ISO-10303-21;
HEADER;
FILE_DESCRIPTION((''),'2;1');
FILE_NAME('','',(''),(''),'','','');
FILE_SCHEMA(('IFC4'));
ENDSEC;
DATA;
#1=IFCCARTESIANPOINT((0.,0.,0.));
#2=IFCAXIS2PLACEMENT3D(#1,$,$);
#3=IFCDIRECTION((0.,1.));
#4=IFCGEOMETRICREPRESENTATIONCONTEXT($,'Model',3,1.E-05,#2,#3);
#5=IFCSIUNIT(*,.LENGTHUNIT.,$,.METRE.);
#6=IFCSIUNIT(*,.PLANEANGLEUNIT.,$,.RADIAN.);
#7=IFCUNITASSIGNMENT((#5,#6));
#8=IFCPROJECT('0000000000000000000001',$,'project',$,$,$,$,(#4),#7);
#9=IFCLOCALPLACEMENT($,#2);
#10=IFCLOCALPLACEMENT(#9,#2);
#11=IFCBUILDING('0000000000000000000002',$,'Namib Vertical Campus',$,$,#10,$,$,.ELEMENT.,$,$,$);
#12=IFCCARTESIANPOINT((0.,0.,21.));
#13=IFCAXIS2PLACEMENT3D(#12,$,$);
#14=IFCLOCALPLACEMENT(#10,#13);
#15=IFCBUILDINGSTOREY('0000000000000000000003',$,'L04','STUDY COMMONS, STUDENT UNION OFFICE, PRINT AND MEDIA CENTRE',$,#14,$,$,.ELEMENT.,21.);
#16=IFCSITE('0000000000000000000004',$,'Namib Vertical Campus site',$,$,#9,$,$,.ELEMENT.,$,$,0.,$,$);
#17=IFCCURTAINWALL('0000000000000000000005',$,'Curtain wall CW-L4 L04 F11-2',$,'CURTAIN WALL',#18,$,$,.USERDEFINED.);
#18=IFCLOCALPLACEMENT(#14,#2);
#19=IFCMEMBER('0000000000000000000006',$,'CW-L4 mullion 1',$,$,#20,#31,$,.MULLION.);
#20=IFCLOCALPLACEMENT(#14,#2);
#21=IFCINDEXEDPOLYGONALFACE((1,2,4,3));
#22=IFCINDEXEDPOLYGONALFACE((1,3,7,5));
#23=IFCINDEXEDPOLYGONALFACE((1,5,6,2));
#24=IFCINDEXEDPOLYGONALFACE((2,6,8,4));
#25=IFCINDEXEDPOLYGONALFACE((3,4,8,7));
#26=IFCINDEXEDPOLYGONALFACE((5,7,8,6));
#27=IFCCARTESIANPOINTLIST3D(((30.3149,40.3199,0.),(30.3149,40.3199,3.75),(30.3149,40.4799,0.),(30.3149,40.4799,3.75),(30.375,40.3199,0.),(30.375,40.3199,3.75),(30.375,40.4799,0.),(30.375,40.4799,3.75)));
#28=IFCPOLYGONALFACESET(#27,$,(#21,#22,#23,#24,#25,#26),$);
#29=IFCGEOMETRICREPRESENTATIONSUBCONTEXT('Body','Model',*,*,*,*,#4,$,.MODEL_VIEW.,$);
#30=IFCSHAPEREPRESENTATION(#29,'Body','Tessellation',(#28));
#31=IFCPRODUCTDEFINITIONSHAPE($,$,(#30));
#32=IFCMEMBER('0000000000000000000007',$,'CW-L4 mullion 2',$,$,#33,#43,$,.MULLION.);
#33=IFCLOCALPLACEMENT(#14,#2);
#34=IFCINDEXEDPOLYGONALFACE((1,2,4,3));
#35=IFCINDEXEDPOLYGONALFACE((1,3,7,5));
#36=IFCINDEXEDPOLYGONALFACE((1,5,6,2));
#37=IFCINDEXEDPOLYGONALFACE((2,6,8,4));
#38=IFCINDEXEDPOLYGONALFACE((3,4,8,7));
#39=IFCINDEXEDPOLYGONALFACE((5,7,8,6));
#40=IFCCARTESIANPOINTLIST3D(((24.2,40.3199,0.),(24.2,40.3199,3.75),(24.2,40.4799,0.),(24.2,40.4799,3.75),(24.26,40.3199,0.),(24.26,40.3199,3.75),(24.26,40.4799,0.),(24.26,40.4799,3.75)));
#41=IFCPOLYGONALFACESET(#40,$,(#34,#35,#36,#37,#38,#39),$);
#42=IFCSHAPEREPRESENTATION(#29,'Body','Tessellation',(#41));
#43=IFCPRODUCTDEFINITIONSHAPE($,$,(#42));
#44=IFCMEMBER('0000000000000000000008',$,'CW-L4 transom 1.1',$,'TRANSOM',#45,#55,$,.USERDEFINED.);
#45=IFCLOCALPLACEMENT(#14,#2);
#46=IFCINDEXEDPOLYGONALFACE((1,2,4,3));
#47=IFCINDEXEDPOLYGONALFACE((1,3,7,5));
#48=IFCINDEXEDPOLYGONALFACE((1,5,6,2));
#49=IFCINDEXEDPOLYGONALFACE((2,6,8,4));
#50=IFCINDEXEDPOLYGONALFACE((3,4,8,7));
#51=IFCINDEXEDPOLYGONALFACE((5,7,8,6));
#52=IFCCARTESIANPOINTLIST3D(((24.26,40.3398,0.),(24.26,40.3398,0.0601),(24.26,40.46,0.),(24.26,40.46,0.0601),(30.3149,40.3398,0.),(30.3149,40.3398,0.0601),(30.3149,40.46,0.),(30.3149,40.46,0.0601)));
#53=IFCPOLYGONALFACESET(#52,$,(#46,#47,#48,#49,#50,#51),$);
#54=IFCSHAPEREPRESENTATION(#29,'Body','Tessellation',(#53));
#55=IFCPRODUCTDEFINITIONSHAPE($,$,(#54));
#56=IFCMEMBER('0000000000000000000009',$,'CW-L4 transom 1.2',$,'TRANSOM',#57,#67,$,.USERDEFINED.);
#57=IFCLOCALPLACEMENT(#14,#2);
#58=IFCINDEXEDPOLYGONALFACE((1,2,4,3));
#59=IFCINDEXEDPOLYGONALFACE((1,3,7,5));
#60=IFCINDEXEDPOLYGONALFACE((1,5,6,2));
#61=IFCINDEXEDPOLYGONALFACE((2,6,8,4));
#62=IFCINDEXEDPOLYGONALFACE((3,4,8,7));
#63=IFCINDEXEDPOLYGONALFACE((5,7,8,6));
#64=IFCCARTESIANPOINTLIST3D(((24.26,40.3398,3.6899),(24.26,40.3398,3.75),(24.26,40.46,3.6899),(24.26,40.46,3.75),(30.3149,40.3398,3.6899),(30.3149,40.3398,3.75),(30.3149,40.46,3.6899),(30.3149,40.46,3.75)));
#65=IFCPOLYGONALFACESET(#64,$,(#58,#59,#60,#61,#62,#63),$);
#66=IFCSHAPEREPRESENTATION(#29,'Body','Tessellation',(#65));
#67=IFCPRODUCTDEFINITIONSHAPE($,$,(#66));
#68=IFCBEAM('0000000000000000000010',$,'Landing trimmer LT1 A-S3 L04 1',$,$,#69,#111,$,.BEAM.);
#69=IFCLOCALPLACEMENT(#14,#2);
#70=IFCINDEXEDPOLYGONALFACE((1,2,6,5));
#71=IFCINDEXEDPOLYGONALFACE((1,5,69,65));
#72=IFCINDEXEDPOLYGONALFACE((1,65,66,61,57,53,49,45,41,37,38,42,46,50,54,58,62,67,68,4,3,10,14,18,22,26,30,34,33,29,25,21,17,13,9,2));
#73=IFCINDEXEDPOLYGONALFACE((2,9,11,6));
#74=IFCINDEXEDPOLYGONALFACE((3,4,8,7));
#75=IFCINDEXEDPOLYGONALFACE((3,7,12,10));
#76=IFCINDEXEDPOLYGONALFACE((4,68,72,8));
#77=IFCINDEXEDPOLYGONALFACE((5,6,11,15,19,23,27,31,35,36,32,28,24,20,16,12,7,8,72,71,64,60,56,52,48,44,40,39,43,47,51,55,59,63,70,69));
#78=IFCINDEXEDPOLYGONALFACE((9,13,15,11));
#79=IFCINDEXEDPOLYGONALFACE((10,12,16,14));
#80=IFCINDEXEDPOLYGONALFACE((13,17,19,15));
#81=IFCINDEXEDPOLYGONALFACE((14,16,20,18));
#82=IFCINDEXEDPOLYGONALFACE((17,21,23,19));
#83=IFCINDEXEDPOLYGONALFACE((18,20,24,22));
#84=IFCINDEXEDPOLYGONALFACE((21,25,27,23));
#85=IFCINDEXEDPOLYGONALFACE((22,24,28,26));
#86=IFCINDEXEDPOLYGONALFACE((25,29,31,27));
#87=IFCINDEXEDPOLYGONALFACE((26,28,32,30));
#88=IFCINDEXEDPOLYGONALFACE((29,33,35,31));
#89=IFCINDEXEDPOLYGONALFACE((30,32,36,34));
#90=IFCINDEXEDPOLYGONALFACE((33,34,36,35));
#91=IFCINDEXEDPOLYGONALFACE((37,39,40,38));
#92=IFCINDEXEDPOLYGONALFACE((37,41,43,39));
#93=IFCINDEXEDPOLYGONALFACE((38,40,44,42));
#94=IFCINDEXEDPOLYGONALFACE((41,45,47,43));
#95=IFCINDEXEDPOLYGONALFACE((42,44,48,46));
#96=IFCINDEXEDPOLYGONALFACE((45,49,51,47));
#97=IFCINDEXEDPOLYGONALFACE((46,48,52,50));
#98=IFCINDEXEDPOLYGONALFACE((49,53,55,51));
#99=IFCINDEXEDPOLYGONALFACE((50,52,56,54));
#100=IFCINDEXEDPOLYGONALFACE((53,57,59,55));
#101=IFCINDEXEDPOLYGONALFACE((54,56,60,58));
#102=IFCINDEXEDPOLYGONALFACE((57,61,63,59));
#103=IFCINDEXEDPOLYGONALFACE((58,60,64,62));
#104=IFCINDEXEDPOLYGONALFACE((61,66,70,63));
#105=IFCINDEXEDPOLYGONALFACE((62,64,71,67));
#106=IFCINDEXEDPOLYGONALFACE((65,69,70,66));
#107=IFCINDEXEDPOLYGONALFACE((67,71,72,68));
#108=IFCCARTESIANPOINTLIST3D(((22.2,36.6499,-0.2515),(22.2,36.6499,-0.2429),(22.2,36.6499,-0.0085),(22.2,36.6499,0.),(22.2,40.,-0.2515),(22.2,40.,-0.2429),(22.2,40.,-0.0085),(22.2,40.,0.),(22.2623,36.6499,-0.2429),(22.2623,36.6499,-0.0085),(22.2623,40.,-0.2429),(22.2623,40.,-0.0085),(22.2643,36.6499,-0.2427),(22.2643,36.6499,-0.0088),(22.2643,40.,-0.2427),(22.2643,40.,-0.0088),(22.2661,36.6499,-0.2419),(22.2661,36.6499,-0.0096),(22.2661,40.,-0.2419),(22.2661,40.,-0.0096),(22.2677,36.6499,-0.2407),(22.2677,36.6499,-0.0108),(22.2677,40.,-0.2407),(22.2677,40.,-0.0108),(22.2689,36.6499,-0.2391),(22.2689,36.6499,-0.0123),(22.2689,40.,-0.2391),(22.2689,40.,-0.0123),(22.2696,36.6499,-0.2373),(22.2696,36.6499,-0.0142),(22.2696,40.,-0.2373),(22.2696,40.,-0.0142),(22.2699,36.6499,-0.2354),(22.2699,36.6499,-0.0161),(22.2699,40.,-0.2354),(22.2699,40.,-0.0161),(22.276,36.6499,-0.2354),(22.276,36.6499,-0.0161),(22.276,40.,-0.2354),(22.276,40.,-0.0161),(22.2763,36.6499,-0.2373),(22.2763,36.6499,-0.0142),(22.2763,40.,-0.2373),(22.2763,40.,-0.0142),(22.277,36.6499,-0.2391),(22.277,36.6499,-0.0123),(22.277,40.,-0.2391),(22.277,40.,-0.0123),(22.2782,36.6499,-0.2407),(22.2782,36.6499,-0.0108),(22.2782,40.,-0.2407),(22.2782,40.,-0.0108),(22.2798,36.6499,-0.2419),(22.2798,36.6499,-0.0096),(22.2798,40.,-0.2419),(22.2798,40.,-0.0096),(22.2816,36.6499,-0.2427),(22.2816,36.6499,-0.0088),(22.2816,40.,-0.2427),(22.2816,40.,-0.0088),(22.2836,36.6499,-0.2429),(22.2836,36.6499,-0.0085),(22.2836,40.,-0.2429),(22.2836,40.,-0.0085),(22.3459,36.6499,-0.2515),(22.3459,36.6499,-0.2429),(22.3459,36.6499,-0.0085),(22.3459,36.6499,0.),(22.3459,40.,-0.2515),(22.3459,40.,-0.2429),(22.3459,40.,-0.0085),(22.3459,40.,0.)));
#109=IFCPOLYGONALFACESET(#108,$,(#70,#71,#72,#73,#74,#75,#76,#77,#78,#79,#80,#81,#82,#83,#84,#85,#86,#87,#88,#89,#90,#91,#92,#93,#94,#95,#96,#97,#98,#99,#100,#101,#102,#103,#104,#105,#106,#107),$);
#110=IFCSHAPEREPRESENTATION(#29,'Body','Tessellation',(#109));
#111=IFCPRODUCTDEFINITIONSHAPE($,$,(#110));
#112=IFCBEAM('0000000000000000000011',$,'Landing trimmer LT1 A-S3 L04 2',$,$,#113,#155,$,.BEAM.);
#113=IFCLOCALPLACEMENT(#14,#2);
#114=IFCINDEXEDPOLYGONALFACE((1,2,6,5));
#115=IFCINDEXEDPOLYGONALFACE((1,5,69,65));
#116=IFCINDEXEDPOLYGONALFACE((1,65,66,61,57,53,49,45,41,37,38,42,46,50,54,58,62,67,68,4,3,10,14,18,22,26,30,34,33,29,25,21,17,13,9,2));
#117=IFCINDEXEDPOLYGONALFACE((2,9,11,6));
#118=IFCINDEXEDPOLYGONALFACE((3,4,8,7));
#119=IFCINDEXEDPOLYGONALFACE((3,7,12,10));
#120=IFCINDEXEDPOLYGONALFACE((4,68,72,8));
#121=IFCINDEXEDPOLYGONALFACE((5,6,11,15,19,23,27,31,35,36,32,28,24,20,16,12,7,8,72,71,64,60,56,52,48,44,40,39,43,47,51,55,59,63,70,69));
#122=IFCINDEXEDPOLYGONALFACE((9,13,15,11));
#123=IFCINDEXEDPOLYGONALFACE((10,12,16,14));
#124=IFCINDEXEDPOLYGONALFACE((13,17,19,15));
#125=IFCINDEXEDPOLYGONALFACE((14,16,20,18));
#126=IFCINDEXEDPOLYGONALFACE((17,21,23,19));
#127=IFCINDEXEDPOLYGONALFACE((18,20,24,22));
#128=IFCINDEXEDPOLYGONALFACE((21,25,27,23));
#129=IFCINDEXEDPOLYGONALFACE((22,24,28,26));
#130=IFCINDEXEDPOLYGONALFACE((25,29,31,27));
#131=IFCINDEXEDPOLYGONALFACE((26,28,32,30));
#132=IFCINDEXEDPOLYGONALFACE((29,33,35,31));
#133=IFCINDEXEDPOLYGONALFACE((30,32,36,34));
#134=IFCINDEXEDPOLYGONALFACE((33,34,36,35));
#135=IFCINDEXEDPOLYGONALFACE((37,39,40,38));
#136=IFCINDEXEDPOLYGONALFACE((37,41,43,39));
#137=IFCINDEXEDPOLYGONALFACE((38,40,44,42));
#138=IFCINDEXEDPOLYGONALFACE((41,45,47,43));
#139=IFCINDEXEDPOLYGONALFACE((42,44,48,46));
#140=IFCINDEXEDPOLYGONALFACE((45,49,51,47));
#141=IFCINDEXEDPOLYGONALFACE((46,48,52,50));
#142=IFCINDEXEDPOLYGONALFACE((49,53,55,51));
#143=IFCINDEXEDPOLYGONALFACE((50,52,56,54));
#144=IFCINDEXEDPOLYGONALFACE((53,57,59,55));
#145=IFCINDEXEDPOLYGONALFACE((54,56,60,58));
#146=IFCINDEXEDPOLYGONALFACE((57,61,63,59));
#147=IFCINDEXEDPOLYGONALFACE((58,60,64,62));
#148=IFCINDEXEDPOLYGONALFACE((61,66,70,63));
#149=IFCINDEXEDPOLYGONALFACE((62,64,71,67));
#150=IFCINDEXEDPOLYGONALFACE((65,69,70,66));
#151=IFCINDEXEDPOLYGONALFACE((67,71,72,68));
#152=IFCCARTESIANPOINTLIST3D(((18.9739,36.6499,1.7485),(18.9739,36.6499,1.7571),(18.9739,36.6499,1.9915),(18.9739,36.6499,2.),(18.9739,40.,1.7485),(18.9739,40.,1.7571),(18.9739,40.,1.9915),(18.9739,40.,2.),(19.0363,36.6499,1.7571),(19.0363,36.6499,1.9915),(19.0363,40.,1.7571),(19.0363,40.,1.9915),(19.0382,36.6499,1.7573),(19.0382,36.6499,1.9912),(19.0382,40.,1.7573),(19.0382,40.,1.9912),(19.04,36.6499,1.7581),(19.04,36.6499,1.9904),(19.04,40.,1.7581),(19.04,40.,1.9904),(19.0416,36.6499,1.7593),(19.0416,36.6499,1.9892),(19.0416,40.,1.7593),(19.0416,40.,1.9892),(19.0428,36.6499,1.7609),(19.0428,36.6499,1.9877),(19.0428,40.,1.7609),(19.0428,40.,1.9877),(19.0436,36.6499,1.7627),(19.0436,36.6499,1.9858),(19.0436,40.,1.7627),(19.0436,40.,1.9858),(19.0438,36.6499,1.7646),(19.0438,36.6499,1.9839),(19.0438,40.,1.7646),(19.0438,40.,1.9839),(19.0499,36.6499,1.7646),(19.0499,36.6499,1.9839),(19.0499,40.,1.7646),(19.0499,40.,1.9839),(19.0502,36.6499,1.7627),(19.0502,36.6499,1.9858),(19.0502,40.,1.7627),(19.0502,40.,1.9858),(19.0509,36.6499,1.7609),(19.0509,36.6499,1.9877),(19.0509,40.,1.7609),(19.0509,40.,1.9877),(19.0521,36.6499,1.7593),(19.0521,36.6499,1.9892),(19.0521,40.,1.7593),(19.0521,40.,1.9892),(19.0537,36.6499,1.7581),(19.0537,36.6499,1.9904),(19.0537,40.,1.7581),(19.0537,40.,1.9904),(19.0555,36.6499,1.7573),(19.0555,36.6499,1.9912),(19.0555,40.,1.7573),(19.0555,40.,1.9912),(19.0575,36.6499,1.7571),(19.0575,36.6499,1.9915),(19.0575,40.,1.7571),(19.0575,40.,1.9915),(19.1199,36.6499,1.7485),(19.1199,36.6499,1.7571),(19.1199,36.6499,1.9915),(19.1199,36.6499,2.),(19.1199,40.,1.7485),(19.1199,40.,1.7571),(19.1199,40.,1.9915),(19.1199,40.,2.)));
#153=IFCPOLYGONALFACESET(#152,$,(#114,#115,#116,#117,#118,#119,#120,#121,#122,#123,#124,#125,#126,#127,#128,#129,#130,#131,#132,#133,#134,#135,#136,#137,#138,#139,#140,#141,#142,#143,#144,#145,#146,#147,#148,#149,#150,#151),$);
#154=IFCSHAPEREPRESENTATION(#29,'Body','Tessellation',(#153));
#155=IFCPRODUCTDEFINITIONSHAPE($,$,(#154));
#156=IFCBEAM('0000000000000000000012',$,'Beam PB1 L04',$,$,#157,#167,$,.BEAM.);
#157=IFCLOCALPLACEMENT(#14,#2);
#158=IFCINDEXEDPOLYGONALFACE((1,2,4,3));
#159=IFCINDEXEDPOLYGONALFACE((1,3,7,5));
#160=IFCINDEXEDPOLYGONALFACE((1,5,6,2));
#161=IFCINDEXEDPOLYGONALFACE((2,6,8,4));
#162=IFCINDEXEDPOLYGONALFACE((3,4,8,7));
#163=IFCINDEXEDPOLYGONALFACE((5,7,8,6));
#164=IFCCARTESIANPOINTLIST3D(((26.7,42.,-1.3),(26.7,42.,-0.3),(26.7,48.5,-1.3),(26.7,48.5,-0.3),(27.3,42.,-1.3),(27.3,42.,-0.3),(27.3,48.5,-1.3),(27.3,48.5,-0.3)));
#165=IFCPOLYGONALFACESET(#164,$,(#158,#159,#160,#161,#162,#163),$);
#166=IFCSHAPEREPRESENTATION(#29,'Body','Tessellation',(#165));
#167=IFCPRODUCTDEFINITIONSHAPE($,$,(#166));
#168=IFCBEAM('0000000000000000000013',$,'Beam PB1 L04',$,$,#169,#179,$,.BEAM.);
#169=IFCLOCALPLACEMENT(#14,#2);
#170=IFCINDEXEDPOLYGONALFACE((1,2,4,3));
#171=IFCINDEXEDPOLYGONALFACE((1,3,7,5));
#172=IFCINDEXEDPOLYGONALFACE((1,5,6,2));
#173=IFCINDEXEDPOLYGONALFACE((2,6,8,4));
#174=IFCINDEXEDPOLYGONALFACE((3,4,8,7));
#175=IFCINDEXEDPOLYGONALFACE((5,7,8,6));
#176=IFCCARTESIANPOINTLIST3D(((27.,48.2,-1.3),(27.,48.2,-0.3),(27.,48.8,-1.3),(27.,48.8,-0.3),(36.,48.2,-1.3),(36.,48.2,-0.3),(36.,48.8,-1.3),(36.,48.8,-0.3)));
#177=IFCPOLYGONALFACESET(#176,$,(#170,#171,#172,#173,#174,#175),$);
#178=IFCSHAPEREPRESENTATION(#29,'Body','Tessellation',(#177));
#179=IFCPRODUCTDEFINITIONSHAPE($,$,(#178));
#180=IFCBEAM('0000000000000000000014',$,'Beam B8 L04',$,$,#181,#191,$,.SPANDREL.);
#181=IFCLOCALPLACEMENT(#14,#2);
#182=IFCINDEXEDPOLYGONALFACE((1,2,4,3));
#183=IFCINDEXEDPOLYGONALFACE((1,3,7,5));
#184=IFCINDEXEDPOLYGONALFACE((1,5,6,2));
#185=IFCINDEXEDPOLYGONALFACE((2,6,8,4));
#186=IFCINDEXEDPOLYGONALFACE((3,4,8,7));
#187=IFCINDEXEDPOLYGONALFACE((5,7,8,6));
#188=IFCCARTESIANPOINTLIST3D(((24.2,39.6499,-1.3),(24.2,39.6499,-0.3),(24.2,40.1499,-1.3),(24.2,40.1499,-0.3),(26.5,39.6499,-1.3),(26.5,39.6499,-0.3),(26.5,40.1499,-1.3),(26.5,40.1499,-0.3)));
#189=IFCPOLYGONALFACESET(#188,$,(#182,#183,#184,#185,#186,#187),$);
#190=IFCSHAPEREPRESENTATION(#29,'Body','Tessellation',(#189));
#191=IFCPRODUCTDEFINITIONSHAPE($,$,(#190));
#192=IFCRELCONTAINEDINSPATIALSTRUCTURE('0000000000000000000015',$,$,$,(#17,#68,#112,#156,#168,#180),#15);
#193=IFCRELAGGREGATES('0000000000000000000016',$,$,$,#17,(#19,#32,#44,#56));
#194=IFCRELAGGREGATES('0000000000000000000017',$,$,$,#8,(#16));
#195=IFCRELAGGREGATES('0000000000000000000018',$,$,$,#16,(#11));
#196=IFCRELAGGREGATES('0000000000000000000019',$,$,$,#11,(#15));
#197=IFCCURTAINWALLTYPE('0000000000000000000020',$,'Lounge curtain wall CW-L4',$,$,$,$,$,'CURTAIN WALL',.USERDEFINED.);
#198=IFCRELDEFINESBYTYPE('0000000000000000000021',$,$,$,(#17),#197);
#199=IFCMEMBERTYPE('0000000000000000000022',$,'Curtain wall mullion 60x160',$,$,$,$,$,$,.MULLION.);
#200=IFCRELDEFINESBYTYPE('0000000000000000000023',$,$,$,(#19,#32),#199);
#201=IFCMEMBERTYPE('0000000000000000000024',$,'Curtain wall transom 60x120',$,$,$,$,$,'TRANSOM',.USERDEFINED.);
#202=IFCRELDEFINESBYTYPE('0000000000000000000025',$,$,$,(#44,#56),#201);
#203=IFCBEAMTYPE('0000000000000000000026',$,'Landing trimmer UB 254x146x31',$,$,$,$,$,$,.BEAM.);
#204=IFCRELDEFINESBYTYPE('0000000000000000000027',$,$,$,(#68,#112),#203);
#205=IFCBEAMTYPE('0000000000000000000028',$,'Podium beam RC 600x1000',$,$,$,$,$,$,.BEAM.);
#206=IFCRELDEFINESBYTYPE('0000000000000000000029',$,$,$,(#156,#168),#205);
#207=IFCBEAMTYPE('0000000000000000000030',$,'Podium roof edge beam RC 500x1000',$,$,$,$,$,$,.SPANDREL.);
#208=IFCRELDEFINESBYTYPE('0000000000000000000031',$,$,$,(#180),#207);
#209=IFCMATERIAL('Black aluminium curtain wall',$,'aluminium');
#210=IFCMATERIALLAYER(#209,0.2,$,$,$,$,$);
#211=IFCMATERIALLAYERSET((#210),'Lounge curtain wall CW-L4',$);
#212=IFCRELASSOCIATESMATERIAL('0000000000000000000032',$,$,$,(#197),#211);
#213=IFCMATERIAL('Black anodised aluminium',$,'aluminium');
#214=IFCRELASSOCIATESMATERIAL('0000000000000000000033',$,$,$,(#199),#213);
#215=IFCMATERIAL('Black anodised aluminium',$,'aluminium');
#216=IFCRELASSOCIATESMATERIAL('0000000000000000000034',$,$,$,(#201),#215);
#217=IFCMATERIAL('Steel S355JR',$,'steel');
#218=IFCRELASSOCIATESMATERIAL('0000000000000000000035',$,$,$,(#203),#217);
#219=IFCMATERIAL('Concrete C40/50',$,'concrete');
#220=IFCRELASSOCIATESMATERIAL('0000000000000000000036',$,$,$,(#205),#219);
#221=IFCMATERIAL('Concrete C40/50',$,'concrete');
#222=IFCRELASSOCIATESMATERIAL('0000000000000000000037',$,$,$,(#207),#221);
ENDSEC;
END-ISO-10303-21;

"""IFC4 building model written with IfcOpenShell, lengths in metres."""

from ifc_helpers import new_model, si_unit, direction, frame, origin, origin_2d, place, context, subcontext, project, spatial, rectangle, i_section, extrude, material, layer, layer_set, material_profile, profile_set, type_object, element, aggregate, save


model = new_model("IFC4")

# Units and contexts
model_context = context("Model", 3, precision=1e-05, world=origin(), true_north=direction((0.0, 1.0)))
body_context = subcontext(model_context, "Body", "Model", "MODEL_VIEW")
ifc_project = project(units=[si_unit("LENGTHUNIT", "METRE"), si_unit("PLANEANGLEUNIT", "RADIAN")], contexts=[model_context])

# Site, building, storey
site_placement = place(None, origin())
site = spatial("IfcSite", under=ifc_project, at=site_placement, Name="Namib Vertical Campus site", CompositionType="ELEMENT", RefElevation=0.0)
building_placement = place(site_placement, origin())
building = spatial("IfcBuilding", under=site, at=building_placement, Name="Namib Vertical Campus", CompositionType="ELEMENT")
storey_placement = place(building_placement, frame((0.0, 0.0, 21.0)))
storey = spatial("IfcBuildingStorey", under=building, at=storey_placement, Name="L04", Description="STUDY COMMONS, STUDENT UNION OFFICE, PRINT AND MEDIA CENTRE", CompositionType="ELEMENT", Elevation=21.0)

# Curtain wall, members
ifc_material_1 = material(Name="Black aluminium curtain wall", Category="aluminium")
ifc_layer_1 = layer(ifc_material_1, 0.2)
ifc_layer_set_1 = layer_set([ifc_layer_1], Name="Lounge curtain wall CW-L4")
curtain_wall_type = type_object("IfcCurtainWallType", Name="Lounge curtain wall CW-L4", ElementType="CURTAIN WALL", PredefinedType="USERDEFINED", material=ifc_layer_set_1)
curtain_wall_placement = place(storey_placement, origin())
curtain_wall = element("IfcCurtainWall", 1, at=curtain_wall_placement, inside=storey, type_object=curtain_wall_type, Name="Curtain wall CW-L4 L04 F11-2", ObjectType="CURTAIN WALL", PredefinedType="USERDEFINED")
ifc_material_2 = material(Name="Black anodised aluminium", Category="aluminium")
ifc_material_profile_1 = material_profile(ifc_material_2, rectangle(XDim=0.0601, YDim=0.1599, at=origin_2d()))
ifc_profile_set_1 = profile_set([ifc_material_profile_1], Name="Black anodised aluminium")
member_type_1 = type_object("IfcMemberType", Name="Curtain wall mullion 60x160", PredefinedType="MULLION", material=ifc_profile_set_1)
member_1_placement = place(storey_placement, frame((30.345, 40.3999, 0.0), z_axis=(0.0, 0.0, 1.0), x_axis=(-1.0, 0.0, 0.0)))
member_1 = element("IfcMember", 2, at=member_1_placement, type_object=member_type_1, Name="CW-L4 mullion 1", PredefinedType="MULLION", context=body_context, shape_type="SweptSolid", body=[
    extrude(rectangle(XDim=0.0601, YDim=0.1599, at=origin_2d()), origin(), (0.0, 0.0, 1.0), 3.75),
])
member_2_placement = place(storey_placement, frame((24.23, 40.3999, 0.0), z_axis=(0.0, 0.0, 1.0), x_axis=(-1.0, 0.0, 0.0)))
member_2 = element("IfcMember", 3, at=member_2_placement, type_object=member_type_1, Name="CW-L4 mullion 2", PredefinedType="MULLION", context=body_context, shape_type="SweptSolid", body=[
    extrude(rectangle(XDim=0.0601, YDim=0.1599, at=origin_2d()), origin(), (0.0, 0.0, 1.0), 3.75),
])
ifc_material_3 = material(Name="Black anodised aluminium", Category="aluminium")
ifc_material_profile_2 = material_profile(ifc_material_3, rectangle(XDim=0.0601, YDim=0.1201, at=origin_2d()))
ifc_profile_set_2 = profile_set([ifc_material_profile_2], Name="Black anodised aluminium")
member_type_2 = type_object("IfcMemberType", Name="Curtain wall transom 60x120", ElementType="TRANSOM", PredefinedType="USERDEFINED", material=ifc_profile_set_2)
member_3_placement = place(storey_placement, frame((30.3149, 40.3999, 0.03), z_axis=(-1.0, 0.0, 0.0), x_axis=(0.0, 0.0, 1.0)))
member_3 = element("IfcMember", 4, at=member_3_placement, type_object=member_type_2, Name="CW-L4 transom 1.1", ObjectType="TRANSOM", PredefinedType="USERDEFINED", context=body_context, shape_type="SweptSolid", body=[
    extrude(rectangle(XDim=0.0601, YDim=0.1201, at=origin_2d()), origin(), (0.0, 0.0, 1.0), 6.0549),
])
member_4_placement = place(storey_placement, frame((30.3149, 40.3999, 3.72), z_axis=(-1.0, 0.0, 0.0), x_axis=(0.0, 0.0, 1.0)))
member_4 = element("IfcMember", 5, at=member_4_placement, type_object=member_type_2, Name="CW-L4 transom 1.2", ObjectType="TRANSOM", PredefinedType="USERDEFINED", context=body_context, shape_type="SweptSolid", body=[
    extrude(rectangle(XDim=0.0601, YDim=0.1201, at=origin_2d()), origin(), (0.0, 0.0, 1.0), 6.0549),
])

# Beams
ifc_material_4 = material(Name="Steel S355JR", Category="steel")
ifc_material_profile_3 = material_profile(ifc_material_4, i_section(OverallWidth=0.146, OverallDepth=0.2515, WebThickness=0.0061, FlangeThickness=0.0085, FilletRadius=0.0076, at=origin_2d()))
ifc_profile_set_3 = profile_set([ifc_material_profile_3], Name="Steel S355JR")
beam_type_1 = type_object("IfcBeamType", Name="Landing trimmer UB 254x146x31", PredefinedType="BEAM", material=ifc_profile_set_3)
for number, where, z_axis, x_axis, name in (
    (6, (22.2729, 36.6499, -0.1257), (0.0, 1.0, 0.0), (-1.0, 0.0, 0.0), "Landing trimmer LT1 A-S3 L04 1"),
    (7, (19.0469, 36.6499, 1.8743), (0.0, 1.0, 0.0), (-1.0, 0.0, 0.0), "Landing trimmer LT1 A-S3 L04 2"),
):
    element("IfcBeam", number, at=place(storey_placement, frame(where, z_axis=z_axis, x_axis=x_axis)), inside=storey, type_object=beam_type_1, Name=name, PredefinedType="BEAM", context=body_context, shape_type="SweptSolid", body=[
        extrude(i_section(OverallWidth=0.146, OverallDepth=0.2515, WebThickness=0.0061, FlangeThickness=0.0085, FilletRadius=0.0076, at=origin_2d()), origin(), (0.0, 0.0, 1.0), 3.3501),
    ])
ifc_material_5 = material(Name="Concrete C40/50", Category="concrete")
ifc_material_profile_4 = material_profile(ifc_material_5, rectangle(XDim=0.6001, YDim=1.0, at=origin_2d()))
ifc_profile_set_4 = profile_set([ifc_material_profile_4], Name="Concrete C40/50")
beam_type_2 = type_object("IfcBeamType", Name="Podium beam RC 600x1000", PredefinedType="BEAM", material=ifc_profile_set_4)
beam_1_placement = place(storey_placement, frame((27.0, 42.0, -0.8), z_axis=(0.0, 1.0, 0.0), x_axis=(-1.0, 0.0, 0.0)))
element("IfcBeam", 8, at=beam_1_placement, inside=storey, type_object=beam_type_2, Name="Beam PB1 L04", PredefinedType="BEAM", context=body_context, shape_type="SweptSolid", body=[
    extrude(rectangle(XDim=0.6001, YDim=1.0, at=origin_2d()), origin(), (0.0, 0.0, 1.0), 6.5),
])
beam_2_placement = place(storey_placement, frame((27.0, 48.5, -0.8), z_axis=(1.0, 0.0, 0.0), x_axis=(0.0, 1.0, 0.0)))
element("IfcBeam", 9, at=beam_2_placement, inside=storey, type_object=beam_type_2, Name="Beam PB1 L04", PredefinedType="BEAM", context=body_context, shape_type="SweptSolid", body=[
    extrude(rectangle(XDim=0.6001, YDim=1.0, at=origin_2d()), origin(), (0.0, 0.0, 1.0), 9.0),
])
ifc_material_6 = material(Name="Concrete C40/50", Category="concrete")
ifc_material_profile_5 = material_profile(ifc_material_6, rectangle(XDim=0.5, YDim=1.0, at=origin_2d()))
ifc_profile_set_5 = profile_set([ifc_material_profile_5], Name="Concrete C40/50")
beam_type_3 = type_object("IfcBeamType", Name="Podium roof edge beam RC 500x1000", PredefinedType="SPANDREL", material=ifc_profile_set_5)
beam_3_placement = place(storey_placement, frame((24.2, 39.8999, -0.8), z_axis=(1.0, 0.0, 0.0), x_axis=(0.0, 1.0, 0.0)))
element("IfcBeam", 10, at=beam_3_placement, inside=storey, type_object=beam_type_3, Name="Beam B8 L04", PredefinedType="SPANDREL", context=body_context, shape_type="SweptSolid", body=[
    extrude(rectangle(XDim=0.5, YDim=1.0, at=origin_2d()), origin(), (0.0, 0.0, 1.0), 2.3),
])

aggregate(curtain_wall, [member_1, member_2, member_3, member_4])

save(model, "model.ifc")
